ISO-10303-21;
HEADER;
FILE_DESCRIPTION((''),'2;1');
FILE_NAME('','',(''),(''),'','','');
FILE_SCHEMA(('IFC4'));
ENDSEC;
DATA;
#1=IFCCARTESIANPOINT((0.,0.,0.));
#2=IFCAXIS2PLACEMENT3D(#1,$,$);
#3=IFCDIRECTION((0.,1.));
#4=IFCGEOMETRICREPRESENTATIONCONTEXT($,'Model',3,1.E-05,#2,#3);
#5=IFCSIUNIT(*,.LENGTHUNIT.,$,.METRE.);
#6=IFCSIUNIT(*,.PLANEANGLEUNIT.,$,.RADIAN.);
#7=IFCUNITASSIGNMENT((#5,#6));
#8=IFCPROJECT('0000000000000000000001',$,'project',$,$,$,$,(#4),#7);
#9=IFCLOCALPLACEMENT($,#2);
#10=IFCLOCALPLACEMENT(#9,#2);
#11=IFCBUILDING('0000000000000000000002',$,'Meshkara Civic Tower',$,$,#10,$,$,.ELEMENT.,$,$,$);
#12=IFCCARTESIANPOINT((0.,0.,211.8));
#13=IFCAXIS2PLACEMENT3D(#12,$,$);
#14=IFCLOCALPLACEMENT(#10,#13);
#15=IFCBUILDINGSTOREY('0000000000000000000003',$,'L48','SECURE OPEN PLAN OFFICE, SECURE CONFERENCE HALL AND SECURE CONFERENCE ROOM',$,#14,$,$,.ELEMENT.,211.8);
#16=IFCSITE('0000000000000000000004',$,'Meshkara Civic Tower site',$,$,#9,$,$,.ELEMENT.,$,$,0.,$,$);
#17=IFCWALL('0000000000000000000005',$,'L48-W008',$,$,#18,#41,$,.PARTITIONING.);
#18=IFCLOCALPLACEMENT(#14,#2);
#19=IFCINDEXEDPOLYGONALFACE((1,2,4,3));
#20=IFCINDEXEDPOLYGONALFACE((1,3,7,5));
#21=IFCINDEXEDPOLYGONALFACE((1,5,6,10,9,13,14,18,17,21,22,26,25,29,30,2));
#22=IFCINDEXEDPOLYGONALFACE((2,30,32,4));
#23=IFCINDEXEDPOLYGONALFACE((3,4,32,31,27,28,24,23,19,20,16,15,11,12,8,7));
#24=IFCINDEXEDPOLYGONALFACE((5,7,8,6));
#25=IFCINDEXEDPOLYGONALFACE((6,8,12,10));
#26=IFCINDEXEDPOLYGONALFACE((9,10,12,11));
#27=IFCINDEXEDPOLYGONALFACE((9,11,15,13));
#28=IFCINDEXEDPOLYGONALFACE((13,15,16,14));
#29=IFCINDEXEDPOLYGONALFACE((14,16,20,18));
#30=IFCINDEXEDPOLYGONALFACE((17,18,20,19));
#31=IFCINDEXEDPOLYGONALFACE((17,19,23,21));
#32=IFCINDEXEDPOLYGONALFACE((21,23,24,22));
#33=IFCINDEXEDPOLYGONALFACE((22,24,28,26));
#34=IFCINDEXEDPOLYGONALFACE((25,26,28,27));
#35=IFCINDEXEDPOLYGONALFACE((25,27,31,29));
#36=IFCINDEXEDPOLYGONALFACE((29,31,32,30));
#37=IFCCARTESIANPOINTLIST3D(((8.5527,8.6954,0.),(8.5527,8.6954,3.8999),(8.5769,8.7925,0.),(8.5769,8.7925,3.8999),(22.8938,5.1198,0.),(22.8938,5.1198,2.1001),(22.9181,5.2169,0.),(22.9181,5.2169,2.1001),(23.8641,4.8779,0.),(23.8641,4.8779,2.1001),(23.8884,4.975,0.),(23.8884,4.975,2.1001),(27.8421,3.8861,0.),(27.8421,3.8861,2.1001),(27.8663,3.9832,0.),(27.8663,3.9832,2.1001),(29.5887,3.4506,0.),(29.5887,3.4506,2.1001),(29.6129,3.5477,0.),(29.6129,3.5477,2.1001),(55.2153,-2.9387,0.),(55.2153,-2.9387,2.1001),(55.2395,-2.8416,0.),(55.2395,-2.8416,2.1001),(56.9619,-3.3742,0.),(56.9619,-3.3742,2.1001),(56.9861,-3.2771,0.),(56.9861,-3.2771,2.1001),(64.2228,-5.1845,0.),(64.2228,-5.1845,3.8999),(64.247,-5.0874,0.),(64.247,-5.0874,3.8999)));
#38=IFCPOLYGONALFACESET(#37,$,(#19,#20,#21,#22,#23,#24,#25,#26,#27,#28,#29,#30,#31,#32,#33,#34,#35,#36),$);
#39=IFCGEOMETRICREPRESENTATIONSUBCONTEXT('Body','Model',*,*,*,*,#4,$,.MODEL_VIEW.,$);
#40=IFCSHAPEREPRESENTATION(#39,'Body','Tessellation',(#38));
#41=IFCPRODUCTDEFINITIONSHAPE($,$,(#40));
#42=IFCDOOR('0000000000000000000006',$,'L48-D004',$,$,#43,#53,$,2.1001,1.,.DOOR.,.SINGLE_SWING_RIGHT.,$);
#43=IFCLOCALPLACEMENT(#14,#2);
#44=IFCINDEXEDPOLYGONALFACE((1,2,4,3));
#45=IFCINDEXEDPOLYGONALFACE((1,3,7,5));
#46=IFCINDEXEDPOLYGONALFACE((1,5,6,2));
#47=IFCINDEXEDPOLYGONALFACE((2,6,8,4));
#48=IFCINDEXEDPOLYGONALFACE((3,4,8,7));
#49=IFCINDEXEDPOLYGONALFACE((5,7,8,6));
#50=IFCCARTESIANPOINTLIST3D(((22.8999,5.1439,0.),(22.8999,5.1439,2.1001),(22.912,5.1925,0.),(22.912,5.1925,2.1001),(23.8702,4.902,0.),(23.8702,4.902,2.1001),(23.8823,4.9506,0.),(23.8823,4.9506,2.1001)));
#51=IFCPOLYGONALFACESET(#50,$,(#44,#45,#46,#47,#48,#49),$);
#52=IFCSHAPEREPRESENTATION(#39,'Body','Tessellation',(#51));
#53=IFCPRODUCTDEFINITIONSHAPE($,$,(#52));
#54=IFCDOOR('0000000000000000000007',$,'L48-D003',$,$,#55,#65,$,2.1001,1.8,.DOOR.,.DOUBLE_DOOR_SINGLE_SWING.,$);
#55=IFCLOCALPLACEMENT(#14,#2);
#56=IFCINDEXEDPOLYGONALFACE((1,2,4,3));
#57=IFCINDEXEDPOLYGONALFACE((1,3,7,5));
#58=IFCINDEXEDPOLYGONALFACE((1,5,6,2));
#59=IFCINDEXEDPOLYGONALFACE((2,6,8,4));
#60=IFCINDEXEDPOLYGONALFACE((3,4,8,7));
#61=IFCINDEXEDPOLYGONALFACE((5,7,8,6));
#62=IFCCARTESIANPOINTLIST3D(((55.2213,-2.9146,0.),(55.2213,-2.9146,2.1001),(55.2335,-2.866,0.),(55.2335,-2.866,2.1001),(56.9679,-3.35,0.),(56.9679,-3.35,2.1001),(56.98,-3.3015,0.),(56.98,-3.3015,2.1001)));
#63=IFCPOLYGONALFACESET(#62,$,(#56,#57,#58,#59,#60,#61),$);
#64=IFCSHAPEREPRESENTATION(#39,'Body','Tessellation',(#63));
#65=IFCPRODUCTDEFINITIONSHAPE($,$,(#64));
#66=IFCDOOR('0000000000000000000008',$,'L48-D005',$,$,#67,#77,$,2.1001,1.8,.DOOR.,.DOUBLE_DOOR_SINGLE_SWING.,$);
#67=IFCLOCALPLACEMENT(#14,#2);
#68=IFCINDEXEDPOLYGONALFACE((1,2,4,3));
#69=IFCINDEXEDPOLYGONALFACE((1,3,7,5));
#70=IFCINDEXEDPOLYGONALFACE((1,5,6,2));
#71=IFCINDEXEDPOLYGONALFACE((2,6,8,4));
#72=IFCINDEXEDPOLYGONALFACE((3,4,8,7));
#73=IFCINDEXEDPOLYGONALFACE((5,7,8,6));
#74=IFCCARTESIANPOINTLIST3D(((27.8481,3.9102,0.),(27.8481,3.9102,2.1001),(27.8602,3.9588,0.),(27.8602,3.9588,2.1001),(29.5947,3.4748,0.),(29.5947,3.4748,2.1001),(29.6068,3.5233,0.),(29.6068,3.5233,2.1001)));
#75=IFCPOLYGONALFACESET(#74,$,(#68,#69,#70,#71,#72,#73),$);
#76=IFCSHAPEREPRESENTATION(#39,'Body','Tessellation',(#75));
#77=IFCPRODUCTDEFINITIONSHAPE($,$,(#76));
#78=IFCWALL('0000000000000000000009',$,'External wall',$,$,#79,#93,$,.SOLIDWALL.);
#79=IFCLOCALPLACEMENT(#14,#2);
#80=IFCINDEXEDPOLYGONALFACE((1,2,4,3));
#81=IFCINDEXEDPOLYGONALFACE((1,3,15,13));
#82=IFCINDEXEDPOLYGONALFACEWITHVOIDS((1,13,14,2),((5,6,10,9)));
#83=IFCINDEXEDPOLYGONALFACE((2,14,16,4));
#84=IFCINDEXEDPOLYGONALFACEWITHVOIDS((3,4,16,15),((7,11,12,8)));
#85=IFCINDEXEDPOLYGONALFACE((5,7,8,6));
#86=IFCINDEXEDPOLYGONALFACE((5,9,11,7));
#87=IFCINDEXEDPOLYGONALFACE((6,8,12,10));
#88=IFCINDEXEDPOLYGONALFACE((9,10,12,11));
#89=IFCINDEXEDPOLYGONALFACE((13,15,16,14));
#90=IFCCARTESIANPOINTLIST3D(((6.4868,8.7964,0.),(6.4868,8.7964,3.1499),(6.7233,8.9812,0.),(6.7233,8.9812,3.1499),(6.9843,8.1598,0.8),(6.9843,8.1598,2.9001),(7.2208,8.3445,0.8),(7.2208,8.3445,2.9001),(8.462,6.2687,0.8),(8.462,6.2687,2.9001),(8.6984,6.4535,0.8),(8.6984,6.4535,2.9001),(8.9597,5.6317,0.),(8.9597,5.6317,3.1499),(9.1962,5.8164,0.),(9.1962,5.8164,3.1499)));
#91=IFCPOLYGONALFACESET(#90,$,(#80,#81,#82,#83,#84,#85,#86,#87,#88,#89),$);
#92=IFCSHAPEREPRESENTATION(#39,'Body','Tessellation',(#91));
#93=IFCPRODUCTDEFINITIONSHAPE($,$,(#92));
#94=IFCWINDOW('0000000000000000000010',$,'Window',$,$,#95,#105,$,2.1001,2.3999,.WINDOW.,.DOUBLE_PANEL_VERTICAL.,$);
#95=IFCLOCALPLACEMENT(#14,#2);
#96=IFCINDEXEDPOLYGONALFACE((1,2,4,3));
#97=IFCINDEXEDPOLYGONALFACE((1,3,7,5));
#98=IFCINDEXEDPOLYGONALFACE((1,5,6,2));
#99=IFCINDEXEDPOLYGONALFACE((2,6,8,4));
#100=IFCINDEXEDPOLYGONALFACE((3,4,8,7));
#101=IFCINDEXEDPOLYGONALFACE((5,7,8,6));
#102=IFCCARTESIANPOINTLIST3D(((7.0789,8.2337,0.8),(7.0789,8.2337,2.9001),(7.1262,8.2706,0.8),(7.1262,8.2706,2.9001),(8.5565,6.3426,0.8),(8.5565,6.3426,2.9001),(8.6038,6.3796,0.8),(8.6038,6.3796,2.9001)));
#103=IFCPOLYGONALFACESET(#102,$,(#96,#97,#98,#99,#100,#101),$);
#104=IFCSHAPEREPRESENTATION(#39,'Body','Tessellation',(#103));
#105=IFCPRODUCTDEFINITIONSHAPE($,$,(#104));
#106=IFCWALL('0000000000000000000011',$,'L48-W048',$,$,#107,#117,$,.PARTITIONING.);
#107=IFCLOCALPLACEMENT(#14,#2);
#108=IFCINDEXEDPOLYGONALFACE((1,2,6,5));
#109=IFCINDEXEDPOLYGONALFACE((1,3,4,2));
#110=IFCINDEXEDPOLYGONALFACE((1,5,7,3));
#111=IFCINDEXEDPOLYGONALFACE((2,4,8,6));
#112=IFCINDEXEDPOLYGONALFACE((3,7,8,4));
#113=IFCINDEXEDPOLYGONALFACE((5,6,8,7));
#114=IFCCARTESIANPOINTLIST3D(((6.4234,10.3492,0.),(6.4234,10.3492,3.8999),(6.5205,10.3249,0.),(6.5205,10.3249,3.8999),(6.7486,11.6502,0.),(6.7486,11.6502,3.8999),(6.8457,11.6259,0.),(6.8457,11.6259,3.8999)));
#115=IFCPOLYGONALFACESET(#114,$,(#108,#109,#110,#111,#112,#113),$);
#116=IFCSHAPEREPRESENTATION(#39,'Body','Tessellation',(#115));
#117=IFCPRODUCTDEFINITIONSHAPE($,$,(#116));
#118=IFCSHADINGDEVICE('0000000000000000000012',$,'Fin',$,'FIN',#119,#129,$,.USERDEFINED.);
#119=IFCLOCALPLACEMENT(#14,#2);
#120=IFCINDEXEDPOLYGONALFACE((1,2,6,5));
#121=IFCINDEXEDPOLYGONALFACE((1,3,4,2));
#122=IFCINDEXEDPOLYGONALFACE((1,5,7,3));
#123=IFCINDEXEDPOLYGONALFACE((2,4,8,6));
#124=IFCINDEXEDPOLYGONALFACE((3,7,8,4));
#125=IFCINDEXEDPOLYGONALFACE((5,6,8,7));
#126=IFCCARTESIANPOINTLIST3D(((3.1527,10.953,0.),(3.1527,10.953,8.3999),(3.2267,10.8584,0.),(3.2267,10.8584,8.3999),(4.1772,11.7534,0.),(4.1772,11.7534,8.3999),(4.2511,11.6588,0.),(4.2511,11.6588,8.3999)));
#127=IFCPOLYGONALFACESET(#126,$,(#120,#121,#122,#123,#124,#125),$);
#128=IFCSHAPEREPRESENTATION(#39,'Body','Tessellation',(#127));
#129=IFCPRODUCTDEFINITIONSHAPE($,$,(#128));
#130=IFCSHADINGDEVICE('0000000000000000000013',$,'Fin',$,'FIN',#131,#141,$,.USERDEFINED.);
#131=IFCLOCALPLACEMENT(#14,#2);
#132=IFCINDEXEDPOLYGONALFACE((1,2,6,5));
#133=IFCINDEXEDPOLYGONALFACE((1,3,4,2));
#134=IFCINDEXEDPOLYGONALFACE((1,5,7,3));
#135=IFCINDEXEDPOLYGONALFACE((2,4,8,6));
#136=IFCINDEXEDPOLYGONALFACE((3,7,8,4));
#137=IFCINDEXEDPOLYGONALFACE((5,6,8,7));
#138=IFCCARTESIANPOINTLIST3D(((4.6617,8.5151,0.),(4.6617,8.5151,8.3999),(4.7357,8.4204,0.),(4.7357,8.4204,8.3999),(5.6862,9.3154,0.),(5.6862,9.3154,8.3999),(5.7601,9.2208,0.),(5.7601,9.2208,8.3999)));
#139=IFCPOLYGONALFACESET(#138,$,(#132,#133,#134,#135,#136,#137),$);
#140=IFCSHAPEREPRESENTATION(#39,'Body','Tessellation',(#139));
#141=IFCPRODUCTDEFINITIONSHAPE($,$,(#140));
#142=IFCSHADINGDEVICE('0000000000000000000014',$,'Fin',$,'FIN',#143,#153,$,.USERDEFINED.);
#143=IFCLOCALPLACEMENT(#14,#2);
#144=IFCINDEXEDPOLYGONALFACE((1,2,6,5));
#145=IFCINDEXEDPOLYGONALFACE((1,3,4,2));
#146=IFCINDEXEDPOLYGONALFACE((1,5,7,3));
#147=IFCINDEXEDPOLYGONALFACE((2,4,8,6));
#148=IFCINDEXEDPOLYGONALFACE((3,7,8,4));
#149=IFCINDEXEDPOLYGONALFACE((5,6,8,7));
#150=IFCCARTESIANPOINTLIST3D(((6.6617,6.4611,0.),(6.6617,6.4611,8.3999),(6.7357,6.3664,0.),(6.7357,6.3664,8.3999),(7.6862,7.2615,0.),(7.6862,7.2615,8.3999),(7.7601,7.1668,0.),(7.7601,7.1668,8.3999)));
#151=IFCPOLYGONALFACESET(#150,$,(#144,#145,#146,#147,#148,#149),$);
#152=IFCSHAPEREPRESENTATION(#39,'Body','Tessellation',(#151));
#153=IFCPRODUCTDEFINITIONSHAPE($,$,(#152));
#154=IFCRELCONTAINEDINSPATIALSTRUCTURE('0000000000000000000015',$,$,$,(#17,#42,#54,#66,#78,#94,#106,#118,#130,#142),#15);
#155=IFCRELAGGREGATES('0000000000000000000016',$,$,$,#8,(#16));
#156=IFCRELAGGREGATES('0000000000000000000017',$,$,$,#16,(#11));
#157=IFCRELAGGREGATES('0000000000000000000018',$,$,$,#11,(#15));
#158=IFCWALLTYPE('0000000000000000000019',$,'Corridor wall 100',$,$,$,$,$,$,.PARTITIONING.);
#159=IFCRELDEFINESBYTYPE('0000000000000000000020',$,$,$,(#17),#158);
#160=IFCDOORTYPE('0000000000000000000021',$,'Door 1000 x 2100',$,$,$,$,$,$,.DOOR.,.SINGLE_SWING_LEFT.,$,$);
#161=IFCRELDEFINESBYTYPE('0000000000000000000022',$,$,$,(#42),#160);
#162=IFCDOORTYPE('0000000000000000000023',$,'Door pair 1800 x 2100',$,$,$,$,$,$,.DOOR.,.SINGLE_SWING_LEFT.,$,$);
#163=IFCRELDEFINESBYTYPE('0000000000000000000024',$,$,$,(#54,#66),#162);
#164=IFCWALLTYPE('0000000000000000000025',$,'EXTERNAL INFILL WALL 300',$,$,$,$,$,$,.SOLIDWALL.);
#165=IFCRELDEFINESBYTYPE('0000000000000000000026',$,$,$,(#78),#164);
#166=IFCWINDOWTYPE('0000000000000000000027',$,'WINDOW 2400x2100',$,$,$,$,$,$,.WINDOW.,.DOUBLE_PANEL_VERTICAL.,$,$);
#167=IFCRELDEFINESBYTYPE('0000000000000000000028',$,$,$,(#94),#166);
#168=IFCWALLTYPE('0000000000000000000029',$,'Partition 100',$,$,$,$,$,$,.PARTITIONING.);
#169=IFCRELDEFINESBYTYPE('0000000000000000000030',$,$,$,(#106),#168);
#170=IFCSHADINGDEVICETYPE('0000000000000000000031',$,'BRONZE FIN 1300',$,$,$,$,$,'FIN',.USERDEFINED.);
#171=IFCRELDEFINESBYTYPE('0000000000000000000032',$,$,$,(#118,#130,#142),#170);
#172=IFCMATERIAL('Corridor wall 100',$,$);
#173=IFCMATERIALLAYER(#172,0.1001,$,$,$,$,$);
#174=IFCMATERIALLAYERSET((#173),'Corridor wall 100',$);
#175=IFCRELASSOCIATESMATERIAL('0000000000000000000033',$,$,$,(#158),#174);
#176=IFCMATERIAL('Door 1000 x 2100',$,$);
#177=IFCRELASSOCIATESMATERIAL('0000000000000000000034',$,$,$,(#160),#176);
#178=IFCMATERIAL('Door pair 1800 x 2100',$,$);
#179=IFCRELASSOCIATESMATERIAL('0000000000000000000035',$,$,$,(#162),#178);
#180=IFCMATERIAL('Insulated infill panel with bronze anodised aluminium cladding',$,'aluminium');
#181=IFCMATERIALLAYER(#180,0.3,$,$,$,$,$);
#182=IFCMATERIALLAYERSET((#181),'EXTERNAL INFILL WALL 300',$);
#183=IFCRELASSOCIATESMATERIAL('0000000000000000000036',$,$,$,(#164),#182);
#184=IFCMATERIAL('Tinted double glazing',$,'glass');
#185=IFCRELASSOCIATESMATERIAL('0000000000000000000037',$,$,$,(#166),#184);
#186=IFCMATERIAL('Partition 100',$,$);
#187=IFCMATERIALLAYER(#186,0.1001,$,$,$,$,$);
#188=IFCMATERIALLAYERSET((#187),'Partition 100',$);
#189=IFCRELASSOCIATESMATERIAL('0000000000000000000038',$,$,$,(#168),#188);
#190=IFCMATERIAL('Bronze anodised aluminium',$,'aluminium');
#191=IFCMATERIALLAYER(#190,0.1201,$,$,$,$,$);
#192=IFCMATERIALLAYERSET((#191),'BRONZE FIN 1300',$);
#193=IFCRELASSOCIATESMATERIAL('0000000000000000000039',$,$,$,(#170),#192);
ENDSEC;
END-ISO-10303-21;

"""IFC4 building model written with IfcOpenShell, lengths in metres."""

from ifc_helpers import new_model, si_unit, direction, frame, frame_2d, origin, origin_2d, place, context, subcontext, project, spatial, rectangle, extrude, material, layer, layer_set, type_object, element, fill, save


model = new_model("IFC4")

# Units and contexts
model_context = context("Model", 3, precision=1e-05, world=origin(), true_north=direction((0.0, 1.0)))
body_context = subcontext(model_context, "Body", "Model", "MODEL_VIEW")
ifc_project = project(units=[si_unit("LENGTHUNIT", "METRE"), si_unit("PLANEANGLEUNIT", "RADIAN")], contexts=[model_context])

# Site, building, storey
site_placement = place(None, origin())
site = spatial("IfcSite", under=ifc_project, at=site_placement, Name="Meshkara Civic Tower site", CompositionType="ELEMENT", RefElevation=0.0)
building_placement = place(site_placement, origin())
building = spatial("IfcBuilding", under=site, at=building_placement, Name="Meshkara Civic Tower", CompositionType="ELEMENT")
storey_placement = place(building_placement, frame((0.0, 0.0, 211.8)))
storey = spatial("IfcBuildingStorey", under=building, at=storey_placement, Name="L48", Description="SECURE OPEN PLAN OFFICE, SECURE CONFERENCE HALL AND SECURE CONFERENCE ROOM", CompositionType="ELEMENT", Elevation=211.8)

# Shared definitions
ifc_material_1 = material(Name="Corridor wall 100")
ifc_layer_1 = layer(ifc_material_1, 0.1001)
ifc_layer_set_1 = layer_set([ifc_layer_1], Name="Corridor wall 100")
wall_type_1 = type_object("IfcWallType", Name="Corridor wall 100", PredefinedType="PARTITIONING", material=ifc_layer_set_1)
ifc_material_2 = material(Name="Door 1000 x 2100")
door_type_1 = type_object("IfcDoorType", Name="Door 1000 x 2100", OperationType="SINGLE_SWING_LEFT", PredefinedType="DOOR", material=ifc_material_2)
ifc_material_3 = material(Name="Door pair 1800 x 2100")
door_type_2 = type_object("IfcDoorType", Name="Door pair 1800 x 2100", OperationType="SINGLE_SWING_LEFT", PredefinedType="DOOR", material=ifc_material_3)

# Wall, openings, doors
wall_1_placement = place(storey_placement, frame((8.5649, 8.7439, 0.0), z_axis=(0.0, 0.0, 1.0), x_axis=(0.970297, -0.241918, 0.0)))
wall_1 = element("IfcWall", 1, at=wall_1_placement, inside=storey, type_object=wall_type_1, Name="L48-W008", PredefinedType="PARTITIONING", context=body_context, shape_type="SweptSolid", body=[
    extrude(rectangle(XDim=57.3743, YDim=0.1001, at=frame_2d((28.687, 0.0))), origin(), (0.0, 0.0, 1.0), 3.8999),
])
opening_1_placement = place(wall_1_placement, frame((48.0911, 0.0, 0.0)))
opening_1 = element("IfcOpeningElement", 2, at=opening_1_placement, cuts=wall_1, PredefinedType="OPENING", context=body_context, shape_type="SweptSolid", body=[
    extrude(rectangle(XDim=1.8, YDim=2.1001, at=frame_2d((0.8999, 1.05))), frame((0.0, 0.0601, 0.0), z_axis=(0.0, -1.0, 0.0), x_axis=(1.0, 0.0, 0.0)), (0.0, 0.0, 1.0), 0.1201),
])
opening_2_placement = place(wall_1_placement, frame((14.78, 0.0, 0.0)))
opening_2 = element("IfcOpeningElement", 3, at=opening_2_placement, cuts=wall_1, PredefinedType="OPENING", context=body_context, shape_type="SweptSolid", body=[
    extrude(rectangle(XDim=1.0, YDim=2.1001, at=frame_2d((0.5, 1.05))), frame((0.0, 0.0601, 0.0), z_axis=(0.0, -1.0, 0.0), x_axis=(1.0, 0.0, 0.0)), (0.0, 0.0, 1.0), 0.1201),
])
opening_3_placement = place(wall_1_placement, frame((19.8799, 0.0, 0.0)))
opening_3 = element("IfcOpeningElement", 4, at=opening_3_placement, cuts=wall_1, PredefinedType="OPENING", context=body_context, shape_type="SweptSolid", body=[
    extrude(rectangle(XDim=1.8, YDim=2.1001, at=frame_2d((0.8999, 1.05))), frame((0.0, 0.0601, 0.0), z_axis=(0.0, -1.0, 0.0), x_axis=(1.0, 0.0, 0.0)), (0.0, 0.0, 1.0), 0.1201),
])
door_1_placement = place(opening_2_placement, origin())
door_1 = element("IfcDoor", 5, at=door_1_placement, inside=storey, type_object=door_type_1, Name="L48-D004", OperationType="SINGLE_SWING_RIGHT", OverallHeight=2.1001, OverallWidth=1.0, PredefinedType="DOOR", context=body_context, shape_type="SweptSolid", body=[
    extrude(rectangle(XDim=1.0, YDim=2.1001, at=frame_2d((0.5, 1.05))), frame((0.0, 0.0249, 0.0), z_axis=(0.0, -1.0, 0.0), x_axis=(1.0, 0.0, 0.0)), (0.0, 0.0, 1.0), 0.05),
])
fill(opening_2, door_1)
door_2_placement = place(opening_1_placement, origin())
door_2 = element("IfcDoor", 6, at=door_2_placement, inside=storey, type_object=door_type_2, Name="L48-D003", OperationType="DOUBLE_DOOR_SINGLE_SWING", OverallHeight=2.1001, OverallWidth=1.8, PredefinedType="DOOR", context=body_context, shape_type="SweptSolid", body=[
    extrude(rectangle(XDim=1.8, YDim=2.1001, at=frame_2d((0.8999, 1.05))), frame((0.0, 0.0249, 0.0), z_axis=(0.0, -1.0, 0.0), x_axis=(1.0, 0.0, 0.0)), (0.0, 0.0, 1.0), 0.05),
])
fill(opening_1, door_2)
door_3_placement = place(opening_3_placement, origin())
door_3 = element("IfcDoor", 7, at=door_3_placement, inside=storey, type_object=door_type_2, Name="L48-D005", OperationType="DOUBLE_DOOR_SINGLE_SWING", OverallHeight=2.1001, OverallWidth=1.8, PredefinedType="DOOR", context=body_context, shape_type="SweptSolid", body=[
    extrude(rectangle(XDim=1.8, YDim=2.1001, at=frame_2d((0.8999, 1.05))), frame((0.0, 0.0249, 0.0), z_axis=(0.0, -1.0, 0.0), x_axis=(1.0, 0.0, 0.0)), (0.0, 0.0, 1.0), 0.05),
])
fill(opening_3, door_3)

# Wall, opening, window
ifc_material_4 = material(Name="Insulated infill panel with bronze anodised aluminium cladding", Category="aluminium")
ifc_layer_2 = layer(ifc_material_4, 0.3)
ifc_layer_set_2 = layer_set([ifc_layer_2], Name="EXTERNAL INFILL WALL 300")
wall_type_2 = type_object("IfcWallType", Name="EXTERNAL INFILL WALL 300", PredefinedType="SOLIDWALL", material=ifc_layer_set_2)
wall_2_placement = place(storey_placement, frame((6.605, 8.8889, 0.0), z_axis=(0.0, 0.0, 1.0), x_axis=(0.615707, -0.787976, 0.0)))
wall_2 = element("IfcWall", 8, at=wall_2_placement, inside=storey, type_object=wall_type_2, Name="External wall", PredefinedType="SOLIDWALL", context=body_context, shape_type="SweptSolid", body=[
    extrude(rectangle(XDim=4.0164, YDim=0.3, at=frame_2d((2.0083, 0.0))), origin(), (0.0, 0.0, 1.0), 3.1499),
])
opening_4_placement = place(wall_2_placement, frame((0.8081, 0.0, 0.8)))
opening_4 = element("IfcOpeningElement", 9, at=opening_4_placement, cuts=wall_2, PredefinedType="OPENING", context=body_context, shape_type="SweptSolid", body=[
    extrude(rectangle(XDim=2.3999, YDim=2.1001, at=frame_2d((1.2, 1.05))), frame((0.0, 0.1599, 0.0), z_axis=(0.0, -1.0, 0.0), x_axis=(1.0, 0.0, 0.0)), (0.0, 0.0, 1.0), 0.3201),
])
ifc_material_5 = material(Name="Tinted double glazing", Category="glass")
window_type = type_object("IfcWindowType", Name="WINDOW 2400x2100", PartitioningType="DOUBLE_PANEL_VERTICAL", PredefinedType="WINDOW", material=ifc_material_5)
window_placement = place(opening_4_placement, origin())
window = element("IfcWindow", 10, at=window_placement, inside=storey, type_object=window_type, Name="Window", OverallHeight=2.1001, OverallWidth=2.3999, PartitioningType="DOUBLE_PANEL_VERTICAL", PredefinedType="WINDOW", context=body_context, shape_type="SweptSolid", body=[
    extrude(rectangle(XDim=2.3999, YDim=2.1001, at=frame_2d((1.2, 1.05))), frame((0.0, 0.03, 0.0), z_axis=(0.0, -1.0, 0.0), x_axis=(1.0, 0.0, 0.0)), (0.0, 0.0, 1.0), 0.0601),
])
fill(opening_4, window)

# Wall
ifc_material_6 = material(Name="Partition 100")
ifc_layer_3 = layer(ifc_material_6, 0.1001)
ifc_layer_set_3 = layer_set([ifc_layer_3], Name="Partition 100")
wall_type_3 = type_object("IfcWallType", Name="Partition 100", PredefinedType="PARTITIONING", material=ifc_layer_set_3)
wall_3_placement = place(storey_placement, frame((6.7971, 11.6379, 0.0), z_axis=(0.0, 0.0, 1.0), x_axis=(-0.242493, -0.970153, 0.0)))
element("IfcWall", 11, at=wall_3_placement, inside=storey, type_object=wall_type_3, Name="L48-W048", PredefinedType="PARTITIONING", context=body_context, shape_type="SweptSolid", body=[
    extrude(rectangle(XDim=1.3411, YDim=0.1001, at=frame_2d((0.6704, 0.0))), origin(), (0.0, 0.0, 1.0), 3.8999),
])

# Shading devices
ifc_material_7 = material(Name="Bronze anodised aluminium", Category="aluminium")
ifc_layer_4 = layer(ifc_material_7, 0.1201)
ifc_layer_set_4 = layer_set([ifc_layer_4], Name="BRONZE FIN 1300")
shading_device_type = type_object("IfcShadingDeviceType", Name="BRONZE FIN 1300", ElementType="FIN", PredefinedType="USERDEFINED", material=ifc_layer_set_4)
for number, where, z_axis, x_axis, name in (
    (12, (3.7019, 11.3059, 0.0), (0.0, 0.0, 1.0), (0.615661, -0.788011, 0.0), "Fin"),
    (13, (5.2109, 8.8679, 0.0), (0.0, 0.0, 1.0), (0.615661, -0.788011, 0.0), "Fin"),
    (14, (7.2109, 6.814, 0.0), (0.0, 0.0, 1.0), (0.615661, -0.788011, 0.0), "Fin"),
):
    element("IfcShadingDevice", number, at=place(storey_placement, frame(where, z_axis=z_axis, x_axis=x_axis)), inside=storey, type_object=shading_device_type, Name=name, ObjectType="FIN", PredefinedType="USERDEFINED", context=body_context, shape_type="SweptSolid", body=[
        extrude(rectangle(XDim=0.1201, YDim=1.3, at=origin_2d()), origin(), (0.0, 0.0, 1.0), 8.3999),
    ])

save(model, "model.ifc")
